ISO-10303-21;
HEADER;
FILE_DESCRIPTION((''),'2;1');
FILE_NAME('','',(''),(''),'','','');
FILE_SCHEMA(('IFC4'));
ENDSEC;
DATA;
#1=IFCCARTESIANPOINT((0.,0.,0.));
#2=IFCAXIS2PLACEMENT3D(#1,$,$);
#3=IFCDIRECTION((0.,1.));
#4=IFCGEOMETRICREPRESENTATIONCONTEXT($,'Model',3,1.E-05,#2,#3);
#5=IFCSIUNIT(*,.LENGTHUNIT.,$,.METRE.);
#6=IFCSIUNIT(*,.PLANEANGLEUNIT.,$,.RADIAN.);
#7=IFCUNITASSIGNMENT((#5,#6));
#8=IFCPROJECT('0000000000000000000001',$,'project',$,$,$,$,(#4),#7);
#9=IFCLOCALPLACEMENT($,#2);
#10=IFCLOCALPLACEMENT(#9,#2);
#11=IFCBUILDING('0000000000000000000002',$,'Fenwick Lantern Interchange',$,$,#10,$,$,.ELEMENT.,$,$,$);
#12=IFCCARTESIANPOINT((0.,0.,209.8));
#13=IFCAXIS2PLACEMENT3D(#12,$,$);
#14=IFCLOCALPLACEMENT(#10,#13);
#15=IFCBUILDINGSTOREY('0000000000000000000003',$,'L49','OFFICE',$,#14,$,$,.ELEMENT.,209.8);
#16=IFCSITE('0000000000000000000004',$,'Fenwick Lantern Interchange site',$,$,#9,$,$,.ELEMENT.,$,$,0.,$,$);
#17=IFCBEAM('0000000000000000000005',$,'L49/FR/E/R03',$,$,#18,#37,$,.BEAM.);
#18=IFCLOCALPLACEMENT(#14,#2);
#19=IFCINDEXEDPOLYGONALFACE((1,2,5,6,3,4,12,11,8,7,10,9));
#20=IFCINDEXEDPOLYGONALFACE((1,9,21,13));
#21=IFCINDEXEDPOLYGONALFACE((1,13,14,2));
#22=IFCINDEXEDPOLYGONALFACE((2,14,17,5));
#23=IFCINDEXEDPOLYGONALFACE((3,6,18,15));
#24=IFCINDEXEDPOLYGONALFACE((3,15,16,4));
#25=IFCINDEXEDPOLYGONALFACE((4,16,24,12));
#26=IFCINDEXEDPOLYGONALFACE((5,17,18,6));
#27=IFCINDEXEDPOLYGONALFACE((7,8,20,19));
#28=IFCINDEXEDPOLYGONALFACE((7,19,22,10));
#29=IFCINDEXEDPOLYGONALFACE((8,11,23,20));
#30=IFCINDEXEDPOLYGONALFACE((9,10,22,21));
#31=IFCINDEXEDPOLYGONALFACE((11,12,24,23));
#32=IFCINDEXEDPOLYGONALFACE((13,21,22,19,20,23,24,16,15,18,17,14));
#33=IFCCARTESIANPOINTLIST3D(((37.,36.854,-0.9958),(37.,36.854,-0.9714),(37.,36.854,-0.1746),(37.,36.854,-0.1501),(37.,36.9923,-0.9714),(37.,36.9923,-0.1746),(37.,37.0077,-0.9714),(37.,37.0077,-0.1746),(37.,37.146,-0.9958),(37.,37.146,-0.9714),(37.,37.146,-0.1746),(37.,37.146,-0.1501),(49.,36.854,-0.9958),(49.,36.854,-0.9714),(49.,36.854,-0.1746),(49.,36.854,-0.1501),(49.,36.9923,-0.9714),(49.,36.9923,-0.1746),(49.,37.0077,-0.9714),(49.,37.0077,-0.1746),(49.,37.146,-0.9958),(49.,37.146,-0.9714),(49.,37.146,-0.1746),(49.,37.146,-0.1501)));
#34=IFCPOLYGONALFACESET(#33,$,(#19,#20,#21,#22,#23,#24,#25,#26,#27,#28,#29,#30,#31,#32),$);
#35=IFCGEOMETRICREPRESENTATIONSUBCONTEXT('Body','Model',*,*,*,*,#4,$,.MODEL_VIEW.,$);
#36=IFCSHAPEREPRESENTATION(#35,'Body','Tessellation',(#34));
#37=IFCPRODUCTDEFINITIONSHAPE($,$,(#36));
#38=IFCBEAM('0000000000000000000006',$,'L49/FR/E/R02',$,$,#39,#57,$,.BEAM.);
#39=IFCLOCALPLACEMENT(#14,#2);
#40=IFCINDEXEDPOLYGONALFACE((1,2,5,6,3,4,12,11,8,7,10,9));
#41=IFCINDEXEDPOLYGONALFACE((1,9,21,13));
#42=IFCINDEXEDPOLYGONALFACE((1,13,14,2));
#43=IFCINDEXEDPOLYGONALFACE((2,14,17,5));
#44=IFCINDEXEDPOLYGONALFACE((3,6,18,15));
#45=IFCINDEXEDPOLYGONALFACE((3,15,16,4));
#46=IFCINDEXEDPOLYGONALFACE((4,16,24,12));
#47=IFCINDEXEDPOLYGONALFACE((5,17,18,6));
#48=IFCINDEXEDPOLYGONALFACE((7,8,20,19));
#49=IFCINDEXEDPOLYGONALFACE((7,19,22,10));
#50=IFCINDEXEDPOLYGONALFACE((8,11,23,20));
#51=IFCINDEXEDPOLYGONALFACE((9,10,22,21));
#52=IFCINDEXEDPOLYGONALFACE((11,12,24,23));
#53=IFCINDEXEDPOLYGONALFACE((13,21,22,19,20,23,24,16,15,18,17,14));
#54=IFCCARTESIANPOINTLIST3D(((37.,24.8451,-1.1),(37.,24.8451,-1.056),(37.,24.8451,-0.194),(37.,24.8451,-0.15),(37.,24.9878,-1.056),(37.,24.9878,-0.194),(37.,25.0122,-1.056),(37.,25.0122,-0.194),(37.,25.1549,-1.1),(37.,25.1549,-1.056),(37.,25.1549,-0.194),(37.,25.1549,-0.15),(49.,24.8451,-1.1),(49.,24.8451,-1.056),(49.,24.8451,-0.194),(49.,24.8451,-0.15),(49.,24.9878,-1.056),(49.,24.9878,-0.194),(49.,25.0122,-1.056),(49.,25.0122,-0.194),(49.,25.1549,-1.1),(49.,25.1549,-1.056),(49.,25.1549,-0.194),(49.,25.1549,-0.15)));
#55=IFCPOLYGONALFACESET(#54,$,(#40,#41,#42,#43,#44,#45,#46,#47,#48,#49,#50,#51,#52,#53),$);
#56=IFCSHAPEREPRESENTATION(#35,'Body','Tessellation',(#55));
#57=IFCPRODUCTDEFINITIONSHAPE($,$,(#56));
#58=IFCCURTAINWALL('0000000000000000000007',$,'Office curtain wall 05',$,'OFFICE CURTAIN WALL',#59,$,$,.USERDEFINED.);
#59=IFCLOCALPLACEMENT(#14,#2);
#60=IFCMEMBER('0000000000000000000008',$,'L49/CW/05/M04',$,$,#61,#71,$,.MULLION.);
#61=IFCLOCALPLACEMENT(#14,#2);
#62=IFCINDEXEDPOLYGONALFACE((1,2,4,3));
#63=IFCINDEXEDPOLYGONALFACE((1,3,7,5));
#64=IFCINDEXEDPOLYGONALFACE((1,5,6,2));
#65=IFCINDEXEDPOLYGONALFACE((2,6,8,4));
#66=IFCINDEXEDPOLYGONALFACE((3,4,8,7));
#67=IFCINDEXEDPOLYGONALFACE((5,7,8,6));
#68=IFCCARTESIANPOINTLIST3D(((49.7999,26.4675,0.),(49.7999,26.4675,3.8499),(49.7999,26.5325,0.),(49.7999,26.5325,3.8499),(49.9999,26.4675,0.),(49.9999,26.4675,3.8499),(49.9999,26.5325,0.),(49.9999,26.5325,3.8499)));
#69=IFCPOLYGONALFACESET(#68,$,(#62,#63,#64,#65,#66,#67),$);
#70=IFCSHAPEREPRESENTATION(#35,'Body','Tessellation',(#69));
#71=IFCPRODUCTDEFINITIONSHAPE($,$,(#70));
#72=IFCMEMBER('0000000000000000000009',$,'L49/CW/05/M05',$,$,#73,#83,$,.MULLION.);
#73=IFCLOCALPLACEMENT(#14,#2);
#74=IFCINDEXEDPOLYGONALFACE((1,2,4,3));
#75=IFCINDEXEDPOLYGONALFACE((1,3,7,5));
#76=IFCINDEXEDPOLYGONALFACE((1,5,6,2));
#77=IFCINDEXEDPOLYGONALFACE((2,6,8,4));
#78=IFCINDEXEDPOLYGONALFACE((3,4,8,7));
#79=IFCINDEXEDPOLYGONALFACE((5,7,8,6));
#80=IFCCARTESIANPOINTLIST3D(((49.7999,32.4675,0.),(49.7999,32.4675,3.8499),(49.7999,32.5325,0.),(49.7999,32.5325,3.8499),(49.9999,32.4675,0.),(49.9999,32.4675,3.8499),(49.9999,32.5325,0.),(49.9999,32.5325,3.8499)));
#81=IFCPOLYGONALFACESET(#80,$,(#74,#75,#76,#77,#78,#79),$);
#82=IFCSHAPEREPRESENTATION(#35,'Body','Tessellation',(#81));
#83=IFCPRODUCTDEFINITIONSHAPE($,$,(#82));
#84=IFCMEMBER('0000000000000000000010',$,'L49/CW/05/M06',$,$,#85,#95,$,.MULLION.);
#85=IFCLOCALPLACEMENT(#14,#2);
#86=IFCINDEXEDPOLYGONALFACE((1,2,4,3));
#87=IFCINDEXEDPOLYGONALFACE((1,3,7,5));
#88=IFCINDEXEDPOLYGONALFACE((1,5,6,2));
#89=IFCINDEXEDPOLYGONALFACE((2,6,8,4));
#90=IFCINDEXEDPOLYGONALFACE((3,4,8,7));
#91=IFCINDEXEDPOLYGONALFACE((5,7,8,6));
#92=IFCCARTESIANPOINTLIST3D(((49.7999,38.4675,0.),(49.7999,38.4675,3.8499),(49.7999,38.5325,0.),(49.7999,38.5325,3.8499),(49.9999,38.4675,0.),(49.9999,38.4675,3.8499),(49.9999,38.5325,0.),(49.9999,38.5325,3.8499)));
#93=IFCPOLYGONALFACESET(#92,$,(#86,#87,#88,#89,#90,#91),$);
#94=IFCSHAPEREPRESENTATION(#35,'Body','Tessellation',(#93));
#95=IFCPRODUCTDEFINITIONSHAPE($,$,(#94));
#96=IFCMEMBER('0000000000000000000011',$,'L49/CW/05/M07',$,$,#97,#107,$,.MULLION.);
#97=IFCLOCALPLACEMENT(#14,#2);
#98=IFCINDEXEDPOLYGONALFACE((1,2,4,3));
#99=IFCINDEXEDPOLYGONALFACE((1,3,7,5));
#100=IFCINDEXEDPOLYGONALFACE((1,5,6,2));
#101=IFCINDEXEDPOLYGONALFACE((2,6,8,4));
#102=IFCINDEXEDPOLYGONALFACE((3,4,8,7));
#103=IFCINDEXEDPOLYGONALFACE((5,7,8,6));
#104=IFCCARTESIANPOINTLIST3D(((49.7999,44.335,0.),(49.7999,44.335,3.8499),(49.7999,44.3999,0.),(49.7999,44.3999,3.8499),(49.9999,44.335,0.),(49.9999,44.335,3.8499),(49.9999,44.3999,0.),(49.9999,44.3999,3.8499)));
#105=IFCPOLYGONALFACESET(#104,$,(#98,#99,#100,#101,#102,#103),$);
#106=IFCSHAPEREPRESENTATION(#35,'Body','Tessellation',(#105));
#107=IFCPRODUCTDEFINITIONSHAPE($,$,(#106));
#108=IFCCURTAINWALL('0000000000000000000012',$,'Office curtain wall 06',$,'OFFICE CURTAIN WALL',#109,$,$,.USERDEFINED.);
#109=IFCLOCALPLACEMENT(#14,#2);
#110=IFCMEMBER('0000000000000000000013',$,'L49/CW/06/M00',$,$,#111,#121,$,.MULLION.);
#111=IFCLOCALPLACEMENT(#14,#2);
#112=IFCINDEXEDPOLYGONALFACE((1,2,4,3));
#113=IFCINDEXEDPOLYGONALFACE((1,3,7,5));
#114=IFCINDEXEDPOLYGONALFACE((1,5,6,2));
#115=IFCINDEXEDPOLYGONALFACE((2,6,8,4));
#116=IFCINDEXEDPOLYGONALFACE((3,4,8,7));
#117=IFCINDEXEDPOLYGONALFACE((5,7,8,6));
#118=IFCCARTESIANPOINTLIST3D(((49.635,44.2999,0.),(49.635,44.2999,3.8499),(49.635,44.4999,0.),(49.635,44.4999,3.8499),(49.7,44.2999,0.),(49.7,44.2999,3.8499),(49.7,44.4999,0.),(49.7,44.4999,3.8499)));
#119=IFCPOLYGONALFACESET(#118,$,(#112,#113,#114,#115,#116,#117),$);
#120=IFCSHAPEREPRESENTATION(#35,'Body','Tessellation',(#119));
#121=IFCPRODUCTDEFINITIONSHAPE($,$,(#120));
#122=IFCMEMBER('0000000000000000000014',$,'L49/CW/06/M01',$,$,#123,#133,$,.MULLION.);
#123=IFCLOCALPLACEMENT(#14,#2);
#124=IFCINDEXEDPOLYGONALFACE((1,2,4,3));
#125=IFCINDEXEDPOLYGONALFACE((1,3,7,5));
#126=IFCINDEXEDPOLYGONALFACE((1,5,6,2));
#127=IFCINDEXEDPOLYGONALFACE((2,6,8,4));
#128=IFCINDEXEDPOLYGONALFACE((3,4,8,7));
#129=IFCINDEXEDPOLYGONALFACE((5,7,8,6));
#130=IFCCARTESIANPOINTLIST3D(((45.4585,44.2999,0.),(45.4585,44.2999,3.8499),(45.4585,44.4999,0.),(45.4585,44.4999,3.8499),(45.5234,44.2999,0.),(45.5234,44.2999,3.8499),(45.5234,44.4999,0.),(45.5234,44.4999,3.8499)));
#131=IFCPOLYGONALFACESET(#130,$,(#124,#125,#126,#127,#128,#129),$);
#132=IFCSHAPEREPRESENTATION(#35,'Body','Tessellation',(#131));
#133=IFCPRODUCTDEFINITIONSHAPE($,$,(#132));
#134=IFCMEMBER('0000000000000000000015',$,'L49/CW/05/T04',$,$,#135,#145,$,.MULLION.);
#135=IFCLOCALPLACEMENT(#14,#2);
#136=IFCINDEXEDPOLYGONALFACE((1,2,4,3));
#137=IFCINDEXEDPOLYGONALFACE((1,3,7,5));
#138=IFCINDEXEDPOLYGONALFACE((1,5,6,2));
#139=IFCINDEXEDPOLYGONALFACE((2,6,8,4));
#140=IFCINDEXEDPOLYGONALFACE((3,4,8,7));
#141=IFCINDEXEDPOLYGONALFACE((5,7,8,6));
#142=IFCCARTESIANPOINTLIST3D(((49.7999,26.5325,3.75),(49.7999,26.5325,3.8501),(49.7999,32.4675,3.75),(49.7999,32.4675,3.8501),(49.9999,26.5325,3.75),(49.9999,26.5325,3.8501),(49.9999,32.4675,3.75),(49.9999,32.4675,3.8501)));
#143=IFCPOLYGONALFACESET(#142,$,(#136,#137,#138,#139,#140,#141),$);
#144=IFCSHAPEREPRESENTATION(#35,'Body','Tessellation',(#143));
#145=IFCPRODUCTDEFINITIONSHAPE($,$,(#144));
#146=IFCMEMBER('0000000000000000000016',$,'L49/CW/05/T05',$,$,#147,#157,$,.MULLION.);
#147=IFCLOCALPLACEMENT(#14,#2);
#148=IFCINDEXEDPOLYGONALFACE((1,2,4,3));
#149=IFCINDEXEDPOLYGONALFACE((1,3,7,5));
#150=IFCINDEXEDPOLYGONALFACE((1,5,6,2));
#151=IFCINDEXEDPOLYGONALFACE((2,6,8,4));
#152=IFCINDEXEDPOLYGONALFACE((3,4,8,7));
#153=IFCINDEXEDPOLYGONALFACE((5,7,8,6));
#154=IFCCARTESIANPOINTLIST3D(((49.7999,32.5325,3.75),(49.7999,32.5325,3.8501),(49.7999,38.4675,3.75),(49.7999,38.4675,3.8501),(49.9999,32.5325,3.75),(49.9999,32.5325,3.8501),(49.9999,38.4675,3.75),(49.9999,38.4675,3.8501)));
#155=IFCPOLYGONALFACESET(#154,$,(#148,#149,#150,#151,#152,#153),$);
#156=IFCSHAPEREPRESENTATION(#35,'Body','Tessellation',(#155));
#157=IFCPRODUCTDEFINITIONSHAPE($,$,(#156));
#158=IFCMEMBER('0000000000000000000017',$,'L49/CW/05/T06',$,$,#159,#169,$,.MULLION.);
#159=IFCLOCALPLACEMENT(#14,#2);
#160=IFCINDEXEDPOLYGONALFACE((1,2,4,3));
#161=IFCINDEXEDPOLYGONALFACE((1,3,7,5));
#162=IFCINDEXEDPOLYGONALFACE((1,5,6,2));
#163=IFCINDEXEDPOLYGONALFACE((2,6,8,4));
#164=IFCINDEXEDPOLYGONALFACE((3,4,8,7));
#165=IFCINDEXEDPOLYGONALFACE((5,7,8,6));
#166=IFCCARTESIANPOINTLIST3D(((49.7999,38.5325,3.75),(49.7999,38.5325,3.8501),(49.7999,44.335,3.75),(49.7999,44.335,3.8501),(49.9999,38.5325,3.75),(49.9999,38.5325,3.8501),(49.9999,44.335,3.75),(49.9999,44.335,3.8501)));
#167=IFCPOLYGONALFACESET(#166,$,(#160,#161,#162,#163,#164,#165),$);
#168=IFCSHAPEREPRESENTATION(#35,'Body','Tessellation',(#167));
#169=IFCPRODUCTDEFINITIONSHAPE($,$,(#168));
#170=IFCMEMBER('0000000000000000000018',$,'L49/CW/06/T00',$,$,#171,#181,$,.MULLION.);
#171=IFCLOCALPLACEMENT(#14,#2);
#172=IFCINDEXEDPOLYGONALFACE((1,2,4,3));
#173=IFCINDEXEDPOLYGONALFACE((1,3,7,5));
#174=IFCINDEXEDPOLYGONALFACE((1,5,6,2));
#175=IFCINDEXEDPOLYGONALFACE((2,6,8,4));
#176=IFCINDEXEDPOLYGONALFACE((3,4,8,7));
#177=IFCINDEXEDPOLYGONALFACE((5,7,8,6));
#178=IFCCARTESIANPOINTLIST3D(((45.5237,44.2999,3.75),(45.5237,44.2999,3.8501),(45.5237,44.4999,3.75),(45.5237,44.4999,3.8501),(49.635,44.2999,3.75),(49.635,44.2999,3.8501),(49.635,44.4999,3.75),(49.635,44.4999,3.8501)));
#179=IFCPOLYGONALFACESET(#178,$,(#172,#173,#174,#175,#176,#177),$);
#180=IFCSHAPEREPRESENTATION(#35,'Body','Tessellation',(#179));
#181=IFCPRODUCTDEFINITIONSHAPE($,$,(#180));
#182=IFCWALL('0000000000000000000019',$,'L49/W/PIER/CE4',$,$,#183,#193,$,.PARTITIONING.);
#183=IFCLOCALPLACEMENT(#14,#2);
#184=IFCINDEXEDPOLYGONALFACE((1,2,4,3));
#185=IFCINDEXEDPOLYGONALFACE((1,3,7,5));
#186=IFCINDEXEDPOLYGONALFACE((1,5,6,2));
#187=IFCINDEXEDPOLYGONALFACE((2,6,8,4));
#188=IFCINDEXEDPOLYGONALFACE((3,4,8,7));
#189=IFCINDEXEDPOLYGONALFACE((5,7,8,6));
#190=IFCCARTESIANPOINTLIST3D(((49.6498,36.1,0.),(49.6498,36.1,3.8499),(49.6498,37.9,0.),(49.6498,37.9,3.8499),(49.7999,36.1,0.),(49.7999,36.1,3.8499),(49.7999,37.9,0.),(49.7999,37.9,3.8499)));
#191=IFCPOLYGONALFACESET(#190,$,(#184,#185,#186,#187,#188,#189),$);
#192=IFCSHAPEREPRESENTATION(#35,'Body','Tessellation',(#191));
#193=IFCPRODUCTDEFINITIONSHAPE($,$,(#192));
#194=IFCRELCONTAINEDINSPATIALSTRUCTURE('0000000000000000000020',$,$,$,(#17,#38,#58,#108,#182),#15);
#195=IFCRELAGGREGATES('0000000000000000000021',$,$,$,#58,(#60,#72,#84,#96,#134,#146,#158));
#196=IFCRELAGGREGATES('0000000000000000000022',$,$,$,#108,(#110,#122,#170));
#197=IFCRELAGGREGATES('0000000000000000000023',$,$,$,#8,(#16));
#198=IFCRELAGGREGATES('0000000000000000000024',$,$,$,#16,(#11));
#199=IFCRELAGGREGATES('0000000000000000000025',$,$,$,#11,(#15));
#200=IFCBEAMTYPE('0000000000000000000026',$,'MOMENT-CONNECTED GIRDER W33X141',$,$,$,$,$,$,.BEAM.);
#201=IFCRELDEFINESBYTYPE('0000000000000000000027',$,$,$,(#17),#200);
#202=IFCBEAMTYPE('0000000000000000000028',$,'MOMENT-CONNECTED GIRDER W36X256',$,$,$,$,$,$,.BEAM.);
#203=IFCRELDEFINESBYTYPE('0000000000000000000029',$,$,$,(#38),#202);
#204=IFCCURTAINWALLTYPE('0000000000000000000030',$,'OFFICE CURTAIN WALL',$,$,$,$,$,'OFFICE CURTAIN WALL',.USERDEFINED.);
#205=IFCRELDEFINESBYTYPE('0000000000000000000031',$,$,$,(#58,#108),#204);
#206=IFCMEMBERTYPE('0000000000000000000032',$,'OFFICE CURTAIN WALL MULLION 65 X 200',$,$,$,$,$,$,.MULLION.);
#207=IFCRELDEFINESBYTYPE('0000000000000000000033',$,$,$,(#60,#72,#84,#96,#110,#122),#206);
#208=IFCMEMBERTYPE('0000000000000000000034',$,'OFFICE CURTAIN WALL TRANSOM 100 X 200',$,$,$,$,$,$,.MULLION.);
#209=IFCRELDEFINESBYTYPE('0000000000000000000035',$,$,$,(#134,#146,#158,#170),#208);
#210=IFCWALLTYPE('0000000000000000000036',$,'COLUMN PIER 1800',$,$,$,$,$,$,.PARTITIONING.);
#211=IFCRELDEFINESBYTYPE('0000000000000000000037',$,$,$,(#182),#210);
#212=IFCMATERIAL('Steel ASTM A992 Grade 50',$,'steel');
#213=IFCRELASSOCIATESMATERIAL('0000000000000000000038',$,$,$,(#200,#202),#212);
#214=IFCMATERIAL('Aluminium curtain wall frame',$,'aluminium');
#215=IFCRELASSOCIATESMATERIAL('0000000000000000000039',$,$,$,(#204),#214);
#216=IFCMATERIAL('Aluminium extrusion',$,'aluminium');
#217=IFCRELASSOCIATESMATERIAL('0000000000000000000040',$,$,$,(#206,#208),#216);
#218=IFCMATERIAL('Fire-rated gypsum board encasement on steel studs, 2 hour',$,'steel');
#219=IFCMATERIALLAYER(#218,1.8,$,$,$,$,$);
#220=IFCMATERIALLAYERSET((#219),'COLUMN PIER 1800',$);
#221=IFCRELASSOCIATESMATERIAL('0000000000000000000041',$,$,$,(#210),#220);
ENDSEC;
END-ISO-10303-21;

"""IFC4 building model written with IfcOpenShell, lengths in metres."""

from ifc_helpers import new_model, si_unit, direction, frame, frame_2d, origin, origin_2d, place, context, subcontext, project, spatial, rectangle, i_section, extrude, material, layer, layer_set, material_profile, profile_set, type_object, element, aggregate, save


model = new_model("IFC4")

# Units and contexts
model_context = context("Model", 3, precision=1e-05, world=origin(), true_north=direction((0.0, 1.0)))
body_context = subcontext(model_context, "Body", "Model", "MODEL_VIEW")
ifc_project = project(units=[si_unit("LENGTHUNIT", "METRE"), si_unit("PLANEANGLEUNIT", "RADIAN")], contexts=[model_context])

# Site, building, storey
site_placement = place(None, origin())
site = spatial("IfcSite", under=ifc_project, at=site_placement, Name="Fenwick Lantern Interchange site", CompositionType="ELEMENT", RefElevation=0.0)
building_placement = place(site_placement, origin())
building = spatial("IfcBuilding", under=site, at=building_placement, Name="Fenwick Lantern Interchange", CompositionType="ELEMENT")
storey_placement = place(building_placement, frame((0.0, 0.0, 209.8)))
storey = spatial("IfcBuildingStorey", under=building, at=storey_placement, Name="L49", Description="OFFICE", CompositionType="ELEMENT", Elevation=209.8)

# Shared definitions
ifc_material_1 = material(Name="Steel ASTM A992 Grade 50", Category="steel")

# Beams
ifc_material_profile_1 = material_profile(ifc_material_1, i_section(OverallWidth=0.292, OverallDepth=0.8457, WebThickness=0.0154, FlangeThickness=0.0244, at=origin_2d()), Name="W33X141")
ifc_profile_set_1 = profile_set([ifc_material_profile_1], Name="Steel ASTM A992 Grade 50")
beam_type_1 = type_object("IfcBeamType", Name="MOMENT-CONNECTED GIRDER W33X141", PredefinedType="BEAM", material=ifc_profile_set_1)
beam_1_placement = place(storey_placement, frame((49.0, 37.0, -0.573), z_axis=(-1.0, 0.0, 0.0), x_axis=(0.0, -1.0, 0.0)))
element("IfcBeam", 1, at=beam_1_placement, inside=storey, type_object=beam_type_1, Name="L49/FR/E/R03", PredefinedType="BEAM", context=body_context, shape_type="SweptSolid", body=[
    extrude(i_section(OverallWidth=0.292, OverallDepth=0.8457, WebThickness=0.0154, FlangeThickness=0.0244, at=origin_2d()), origin(), (0.0, 0.0, 1.0), 12.0),
])
ifc_material_profile_2 = material_profile(ifc_material_1, i_section(OverallWidth=0.3098, OverallDepth=0.95, WebThickness=0.0244, FlangeThickness=0.0439, at=origin_2d()), Name="W36X256")
ifc_profile_set_2 = profile_set([ifc_material_profile_2], Name="Steel ASTM A992 Grade 50")
beam_type_2 = type_object("IfcBeamType", Name="MOMENT-CONNECTED GIRDER W36X256", PredefinedType="BEAM", material=ifc_profile_set_2)
beam_2_placement = place(storey_placement, frame((49.0, 25.0, -0.625), z_axis=(-1.0, 0.0, 0.0), x_axis=(0.0, -1.0, 0.0)))
element("IfcBeam", 2, at=beam_2_placement, inside=storey, type_object=beam_type_2, Name="L49/FR/E/R02", PredefinedType="BEAM", context=body_context, shape_type="SweptSolid", body=[
    extrude(i_section(OverallWidth=0.3098, OverallDepth=0.95, WebThickness=0.0244, FlangeThickness=0.0439, at=origin_2d()), origin(), (0.0, 0.0, 1.0), 12.0),
])

# Curtain walls, members
ifc_material_2 = material(Name="Aluminium curtain wall frame", Category="aluminium")
curtain_wall_type = type_object("IfcCurtainWallType", Name="OFFICE CURTAIN WALL", ElementType="OFFICE CURTAIN WALL", PredefinedType="USERDEFINED", material=ifc_material_2)
curtain_wall_1_placement = place(storey_placement, origin())
curtain_wall_1 = element("IfcCurtainWall", 3, at=curtain_wall_1_placement, inside=storey, type_object=curtain_wall_type, Name="Office curtain wall 05", ObjectType="OFFICE CURTAIN WALL", PredefinedType="USERDEFINED")
ifc_material_3 = material(Name="Aluminium extrusion", Category="aluminium")
ifc_material_profile_3 = material_profile(ifc_material_3, rectangle(XDim=0.2, YDim=0.0649, at=origin_2d()), Name="OFFICE CURTAIN WALL MULLION 65 X 200")
ifc_profile_set_3 = profile_set([ifc_material_profile_3], Name="Aluminium extrusion")
member_type_1 = type_object("IfcMemberType", Name="OFFICE CURTAIN WALL MULLION 65 X 200", PredefinedType="MULLION", material=ifc_profile_set_3)
member_1_placement = place(storey_placement, frame((49.8999, 26.5, 0.0), z_axis=(0.0, 0.0, 1.0), x_axis=(-1.0, 0.0, 0.0)))
member_1 = element("IfcMember", 4, at=member_1_placement, type_object=member_type_1, Name="L49/CW/05/M04", PredefinedType="MULLION", context=body_context, shape_type="SweptSolid", body=[
    extrude(rectangle(XDim=0.2, YDim=0.0649, at=origin_2d()), origin(), (0.0, 0.0, 1.0), 3.8499),
])
member_2_placement = place(storey_placement, frame((49.8999, 32.5, 0.0), z_axis=(0.0, 0.0, 1.0), x_axis=(-1.0, 0.0, 0.0)))
member_2 = element("IfcMember", 5, at=member_2_placement, type_object=member_type_1, Name="L49/CW/05/M05", PredefinedType="MULLION", context=body_context, shape_type="SweptSolid", body=[
    extrude(rectangle(XDim=0.2, YDim=0.0649, at=origin_2d()), origin(), (0.0, 0.0, 1.0), 3.8499),
])
member_3_placement = place(storey_placement, frame((49.8999, 38.5, 0.0), z_axis=(0.0, 0.0, 1.0), x_axis=(-1.0, 0.0, 0.0)))
member_3 = element("IfcMember", 6, at=member_3_placement, type_object=member_type_1, Name="L49/CW/05/M06", PredefinedType="MULLION", context=body_context, shape_type="SweptSolid", body=[
    extrude(rectangle(XDim=0.2, YDim=0.0649, at=origin_2d()), origin(), (0.0, 0.0, 1.0), 3.8499),
])
member_4_placement = place(storey_placement, frame((49.8999, 44.3674, 0.0), z_axis=(0.0, 0.0, 1.0), x_axis=(-1.0, 0.0, 0.0)))
member_4 = element("IfcMember", 7, at=member_4_placement, type_object=member_type_1, Name="L49/CW/05/M07", PredefinedType="MULLION", context=body_context, shape_type="SweptSolid", body=[
    extrude(rectangle(XDim=0.2, YDim=0.0649, at=origin_2d()), origin(), (0.0, 0.0, 1.0), 3.8499),
])
curtain_wall_2_placement = place(storey_placement, origin())
curtain_wall_2 = element("IfcCurtainWall", 8, at=curtain_wall_2_placement, inside=storey, type_object=curtain_wall_type, Name="Office curtain wall 06", ObjectType="OFFICE CURTAIN WALL", PredefinedType="USERDEFINED")
member_5_placement = place(storey_placement, frame((49.6675, 44.3999, 0.0), z_axis=(0.0, 0.0, 1.0), x_axis=(0.0, -1.0, 0.0)))
member_5 = element("IfcMember", 9, at=member_5_placement, type_object=member_type_1, Name="L49/CW/06/M00", PredefinedType="MULLION", context=body_context, shape_type="SweptSolid", body=[
    extrude(rectangle(XDim=0.2, YDim=0.0649, at=origin_2d()), origin(), (0.0, 0.0, 1.0), 3.8499),
])
member_6_placement = place(storey_placement, frame((45.491, 44.3999, 0.0), z_axis=(0.0, 0.0, 1.0), x_axis=(0.0, -1.0, 0.0)))
member_6 = element("IfcMember", 10, at=member_6_placement, type_object=member_type_1, Name="L49/CW/06/M01", PredefinedType="MULLION", context=body_context, shape_type="SweptSolid", body=[
    extrude(rectangle(XDim=0.2, YDim=0.0649, at=origin_2d()), origin(), (0.0, 0.0, 1.0), 3.8499),
])

# Members
ifc_material_profile_4 = material_profile(ifc_material_3, rectangle(XDim=0.2, YDim=0.1001, at=origin_2d()), Name="OFFICE CURTAIN WALL TRANSOM 100 X 200")
ifc_profile_set_4 = profile_set([ifc_material_profile_4], Name="Aluminium extrusion")
member_type_2 = type_object("IfcMemberType", Name="OFFICE CURTAIN WALL TRANSOM 100 X 200", PredefinedType="MULLION", material=ifc_profile_set_4)
member_7_placement = place(storey_placement, frame((49.8999, 26.5325, 3.8), z_axis=(0.0, 1.0, 0.0), x_axis=(-1.0, 0.0, 0.0)))
member_7 = element("IfcMember", 11, at=member_7_placement, type_object=member_type_2, Name="L49/CW/05/T04", PredefinedType="MULLION", context=body_context, shape_type="SweptSolid", body=[
    extrude(rectangle(XDim=0.2, YDim=0.1001, at=origin_2d()), origin(), (0.0, 0.0, 1.0), 5.9351),
])
member_8_placement = place(storey_placement, frame((49.8999, 32.5325, 3.8), z_axis=(0.0, 1.0, 0.0), x_axis=(-1.0, 0.0, 0.0)))
member_8 = element("IfcMember", 12, at=member_8_placement, type_object=member_type_2, Name="L49/CW/05/T05", PredefinedType="MULLION", context=body_context, shape_type="SweptSolid", body=[
    extrude(rectangle(XDim=0.2, YDim=0.1001, at=origin_2d()), origin(), (0.0, 0.0, 1.0), 5.9351),
])
member_9_placement = place(storey_placement, frame((49.8999, 38.5325, 3.8), z_axis=(0.0, 1.0, 0.0), x_axis=(-1.0, 0.0, 0.0)))
member_9 = element("IfcMember", 13, at=member_9_placement, type_object=member_type_2, Name="L49/CW/05/T06", PredefinedType="MULLION", context=body_context, shape_type="SweptSolid", body=[
    extrude(rectangle(XDim=0.2, YDim=0.1001, at=origin_2d()), origin(), (0.0, 0.0, 1.0), 5.8025),
])
aggregate(curtain_wall_1, [member_1, member_2, member_3, member_4, member_7, member_8, member_9])
member_10_placement = place(storey_placement, frame((49.635, 44.3999, 3.8), z_axis=(-1.0, 0.0, 0.0), x_axis=(0.0, -1.0, 0.0)))
member_10 = element("IfcMember", 14, at=member_10_placement, type_object=member_type_2, Name="L49/CW/06/T00", PredefinedType="MULLION", context=body_context, shape_type="SweptSolid", body=[
    extrude(rectangle(XDim=0.2, YDim=0.1001, at=origin_2d()), origin(), (0.0, 0.0, 1.0), 4.1113),
])

aggregate(curtain_wall_2, [member_5, member_6, member_10])

# Wall
ifc_material_4 = material(Name="Fire-rated gypsum board encasement on steel studs, 2 hour", Category="steel")
ifc_layer_1 = layer(ifc_material_4, 1.8)
ifc_layer_set_1 = layer_set([ifc_layer_1], Name="COLUMN PIER 1800")
wall_type_1 = type_object("IfcWallType", Name="COLUMN PIER 1800", PredefinedType="PARTITIONING", material=ifc_layer_set_1)
wall_1_placement = place(storey_placement, frame((49.8, 37.0, 0.0), z_axis=(0.0, 0.0, 1.0), x_axis=(-1.0, 0.0, 0.0)))
element("IfcWall", 15, at=wall_1_placement, inside=storey, type_object=wall_type_1, Name="L49/W/PIER/CE4", PredefinedType="PARTITIONING", context=body_context, shape_type="SweptSolid", body=[
    extrude(rectangle(XDim=0.1501, YDim=1.8, at=frame_2d((0.0752, 0.0))), origin(), (0.0, 0.0, 1.0), 3.8499),
])

save(model, "model.ifc")
